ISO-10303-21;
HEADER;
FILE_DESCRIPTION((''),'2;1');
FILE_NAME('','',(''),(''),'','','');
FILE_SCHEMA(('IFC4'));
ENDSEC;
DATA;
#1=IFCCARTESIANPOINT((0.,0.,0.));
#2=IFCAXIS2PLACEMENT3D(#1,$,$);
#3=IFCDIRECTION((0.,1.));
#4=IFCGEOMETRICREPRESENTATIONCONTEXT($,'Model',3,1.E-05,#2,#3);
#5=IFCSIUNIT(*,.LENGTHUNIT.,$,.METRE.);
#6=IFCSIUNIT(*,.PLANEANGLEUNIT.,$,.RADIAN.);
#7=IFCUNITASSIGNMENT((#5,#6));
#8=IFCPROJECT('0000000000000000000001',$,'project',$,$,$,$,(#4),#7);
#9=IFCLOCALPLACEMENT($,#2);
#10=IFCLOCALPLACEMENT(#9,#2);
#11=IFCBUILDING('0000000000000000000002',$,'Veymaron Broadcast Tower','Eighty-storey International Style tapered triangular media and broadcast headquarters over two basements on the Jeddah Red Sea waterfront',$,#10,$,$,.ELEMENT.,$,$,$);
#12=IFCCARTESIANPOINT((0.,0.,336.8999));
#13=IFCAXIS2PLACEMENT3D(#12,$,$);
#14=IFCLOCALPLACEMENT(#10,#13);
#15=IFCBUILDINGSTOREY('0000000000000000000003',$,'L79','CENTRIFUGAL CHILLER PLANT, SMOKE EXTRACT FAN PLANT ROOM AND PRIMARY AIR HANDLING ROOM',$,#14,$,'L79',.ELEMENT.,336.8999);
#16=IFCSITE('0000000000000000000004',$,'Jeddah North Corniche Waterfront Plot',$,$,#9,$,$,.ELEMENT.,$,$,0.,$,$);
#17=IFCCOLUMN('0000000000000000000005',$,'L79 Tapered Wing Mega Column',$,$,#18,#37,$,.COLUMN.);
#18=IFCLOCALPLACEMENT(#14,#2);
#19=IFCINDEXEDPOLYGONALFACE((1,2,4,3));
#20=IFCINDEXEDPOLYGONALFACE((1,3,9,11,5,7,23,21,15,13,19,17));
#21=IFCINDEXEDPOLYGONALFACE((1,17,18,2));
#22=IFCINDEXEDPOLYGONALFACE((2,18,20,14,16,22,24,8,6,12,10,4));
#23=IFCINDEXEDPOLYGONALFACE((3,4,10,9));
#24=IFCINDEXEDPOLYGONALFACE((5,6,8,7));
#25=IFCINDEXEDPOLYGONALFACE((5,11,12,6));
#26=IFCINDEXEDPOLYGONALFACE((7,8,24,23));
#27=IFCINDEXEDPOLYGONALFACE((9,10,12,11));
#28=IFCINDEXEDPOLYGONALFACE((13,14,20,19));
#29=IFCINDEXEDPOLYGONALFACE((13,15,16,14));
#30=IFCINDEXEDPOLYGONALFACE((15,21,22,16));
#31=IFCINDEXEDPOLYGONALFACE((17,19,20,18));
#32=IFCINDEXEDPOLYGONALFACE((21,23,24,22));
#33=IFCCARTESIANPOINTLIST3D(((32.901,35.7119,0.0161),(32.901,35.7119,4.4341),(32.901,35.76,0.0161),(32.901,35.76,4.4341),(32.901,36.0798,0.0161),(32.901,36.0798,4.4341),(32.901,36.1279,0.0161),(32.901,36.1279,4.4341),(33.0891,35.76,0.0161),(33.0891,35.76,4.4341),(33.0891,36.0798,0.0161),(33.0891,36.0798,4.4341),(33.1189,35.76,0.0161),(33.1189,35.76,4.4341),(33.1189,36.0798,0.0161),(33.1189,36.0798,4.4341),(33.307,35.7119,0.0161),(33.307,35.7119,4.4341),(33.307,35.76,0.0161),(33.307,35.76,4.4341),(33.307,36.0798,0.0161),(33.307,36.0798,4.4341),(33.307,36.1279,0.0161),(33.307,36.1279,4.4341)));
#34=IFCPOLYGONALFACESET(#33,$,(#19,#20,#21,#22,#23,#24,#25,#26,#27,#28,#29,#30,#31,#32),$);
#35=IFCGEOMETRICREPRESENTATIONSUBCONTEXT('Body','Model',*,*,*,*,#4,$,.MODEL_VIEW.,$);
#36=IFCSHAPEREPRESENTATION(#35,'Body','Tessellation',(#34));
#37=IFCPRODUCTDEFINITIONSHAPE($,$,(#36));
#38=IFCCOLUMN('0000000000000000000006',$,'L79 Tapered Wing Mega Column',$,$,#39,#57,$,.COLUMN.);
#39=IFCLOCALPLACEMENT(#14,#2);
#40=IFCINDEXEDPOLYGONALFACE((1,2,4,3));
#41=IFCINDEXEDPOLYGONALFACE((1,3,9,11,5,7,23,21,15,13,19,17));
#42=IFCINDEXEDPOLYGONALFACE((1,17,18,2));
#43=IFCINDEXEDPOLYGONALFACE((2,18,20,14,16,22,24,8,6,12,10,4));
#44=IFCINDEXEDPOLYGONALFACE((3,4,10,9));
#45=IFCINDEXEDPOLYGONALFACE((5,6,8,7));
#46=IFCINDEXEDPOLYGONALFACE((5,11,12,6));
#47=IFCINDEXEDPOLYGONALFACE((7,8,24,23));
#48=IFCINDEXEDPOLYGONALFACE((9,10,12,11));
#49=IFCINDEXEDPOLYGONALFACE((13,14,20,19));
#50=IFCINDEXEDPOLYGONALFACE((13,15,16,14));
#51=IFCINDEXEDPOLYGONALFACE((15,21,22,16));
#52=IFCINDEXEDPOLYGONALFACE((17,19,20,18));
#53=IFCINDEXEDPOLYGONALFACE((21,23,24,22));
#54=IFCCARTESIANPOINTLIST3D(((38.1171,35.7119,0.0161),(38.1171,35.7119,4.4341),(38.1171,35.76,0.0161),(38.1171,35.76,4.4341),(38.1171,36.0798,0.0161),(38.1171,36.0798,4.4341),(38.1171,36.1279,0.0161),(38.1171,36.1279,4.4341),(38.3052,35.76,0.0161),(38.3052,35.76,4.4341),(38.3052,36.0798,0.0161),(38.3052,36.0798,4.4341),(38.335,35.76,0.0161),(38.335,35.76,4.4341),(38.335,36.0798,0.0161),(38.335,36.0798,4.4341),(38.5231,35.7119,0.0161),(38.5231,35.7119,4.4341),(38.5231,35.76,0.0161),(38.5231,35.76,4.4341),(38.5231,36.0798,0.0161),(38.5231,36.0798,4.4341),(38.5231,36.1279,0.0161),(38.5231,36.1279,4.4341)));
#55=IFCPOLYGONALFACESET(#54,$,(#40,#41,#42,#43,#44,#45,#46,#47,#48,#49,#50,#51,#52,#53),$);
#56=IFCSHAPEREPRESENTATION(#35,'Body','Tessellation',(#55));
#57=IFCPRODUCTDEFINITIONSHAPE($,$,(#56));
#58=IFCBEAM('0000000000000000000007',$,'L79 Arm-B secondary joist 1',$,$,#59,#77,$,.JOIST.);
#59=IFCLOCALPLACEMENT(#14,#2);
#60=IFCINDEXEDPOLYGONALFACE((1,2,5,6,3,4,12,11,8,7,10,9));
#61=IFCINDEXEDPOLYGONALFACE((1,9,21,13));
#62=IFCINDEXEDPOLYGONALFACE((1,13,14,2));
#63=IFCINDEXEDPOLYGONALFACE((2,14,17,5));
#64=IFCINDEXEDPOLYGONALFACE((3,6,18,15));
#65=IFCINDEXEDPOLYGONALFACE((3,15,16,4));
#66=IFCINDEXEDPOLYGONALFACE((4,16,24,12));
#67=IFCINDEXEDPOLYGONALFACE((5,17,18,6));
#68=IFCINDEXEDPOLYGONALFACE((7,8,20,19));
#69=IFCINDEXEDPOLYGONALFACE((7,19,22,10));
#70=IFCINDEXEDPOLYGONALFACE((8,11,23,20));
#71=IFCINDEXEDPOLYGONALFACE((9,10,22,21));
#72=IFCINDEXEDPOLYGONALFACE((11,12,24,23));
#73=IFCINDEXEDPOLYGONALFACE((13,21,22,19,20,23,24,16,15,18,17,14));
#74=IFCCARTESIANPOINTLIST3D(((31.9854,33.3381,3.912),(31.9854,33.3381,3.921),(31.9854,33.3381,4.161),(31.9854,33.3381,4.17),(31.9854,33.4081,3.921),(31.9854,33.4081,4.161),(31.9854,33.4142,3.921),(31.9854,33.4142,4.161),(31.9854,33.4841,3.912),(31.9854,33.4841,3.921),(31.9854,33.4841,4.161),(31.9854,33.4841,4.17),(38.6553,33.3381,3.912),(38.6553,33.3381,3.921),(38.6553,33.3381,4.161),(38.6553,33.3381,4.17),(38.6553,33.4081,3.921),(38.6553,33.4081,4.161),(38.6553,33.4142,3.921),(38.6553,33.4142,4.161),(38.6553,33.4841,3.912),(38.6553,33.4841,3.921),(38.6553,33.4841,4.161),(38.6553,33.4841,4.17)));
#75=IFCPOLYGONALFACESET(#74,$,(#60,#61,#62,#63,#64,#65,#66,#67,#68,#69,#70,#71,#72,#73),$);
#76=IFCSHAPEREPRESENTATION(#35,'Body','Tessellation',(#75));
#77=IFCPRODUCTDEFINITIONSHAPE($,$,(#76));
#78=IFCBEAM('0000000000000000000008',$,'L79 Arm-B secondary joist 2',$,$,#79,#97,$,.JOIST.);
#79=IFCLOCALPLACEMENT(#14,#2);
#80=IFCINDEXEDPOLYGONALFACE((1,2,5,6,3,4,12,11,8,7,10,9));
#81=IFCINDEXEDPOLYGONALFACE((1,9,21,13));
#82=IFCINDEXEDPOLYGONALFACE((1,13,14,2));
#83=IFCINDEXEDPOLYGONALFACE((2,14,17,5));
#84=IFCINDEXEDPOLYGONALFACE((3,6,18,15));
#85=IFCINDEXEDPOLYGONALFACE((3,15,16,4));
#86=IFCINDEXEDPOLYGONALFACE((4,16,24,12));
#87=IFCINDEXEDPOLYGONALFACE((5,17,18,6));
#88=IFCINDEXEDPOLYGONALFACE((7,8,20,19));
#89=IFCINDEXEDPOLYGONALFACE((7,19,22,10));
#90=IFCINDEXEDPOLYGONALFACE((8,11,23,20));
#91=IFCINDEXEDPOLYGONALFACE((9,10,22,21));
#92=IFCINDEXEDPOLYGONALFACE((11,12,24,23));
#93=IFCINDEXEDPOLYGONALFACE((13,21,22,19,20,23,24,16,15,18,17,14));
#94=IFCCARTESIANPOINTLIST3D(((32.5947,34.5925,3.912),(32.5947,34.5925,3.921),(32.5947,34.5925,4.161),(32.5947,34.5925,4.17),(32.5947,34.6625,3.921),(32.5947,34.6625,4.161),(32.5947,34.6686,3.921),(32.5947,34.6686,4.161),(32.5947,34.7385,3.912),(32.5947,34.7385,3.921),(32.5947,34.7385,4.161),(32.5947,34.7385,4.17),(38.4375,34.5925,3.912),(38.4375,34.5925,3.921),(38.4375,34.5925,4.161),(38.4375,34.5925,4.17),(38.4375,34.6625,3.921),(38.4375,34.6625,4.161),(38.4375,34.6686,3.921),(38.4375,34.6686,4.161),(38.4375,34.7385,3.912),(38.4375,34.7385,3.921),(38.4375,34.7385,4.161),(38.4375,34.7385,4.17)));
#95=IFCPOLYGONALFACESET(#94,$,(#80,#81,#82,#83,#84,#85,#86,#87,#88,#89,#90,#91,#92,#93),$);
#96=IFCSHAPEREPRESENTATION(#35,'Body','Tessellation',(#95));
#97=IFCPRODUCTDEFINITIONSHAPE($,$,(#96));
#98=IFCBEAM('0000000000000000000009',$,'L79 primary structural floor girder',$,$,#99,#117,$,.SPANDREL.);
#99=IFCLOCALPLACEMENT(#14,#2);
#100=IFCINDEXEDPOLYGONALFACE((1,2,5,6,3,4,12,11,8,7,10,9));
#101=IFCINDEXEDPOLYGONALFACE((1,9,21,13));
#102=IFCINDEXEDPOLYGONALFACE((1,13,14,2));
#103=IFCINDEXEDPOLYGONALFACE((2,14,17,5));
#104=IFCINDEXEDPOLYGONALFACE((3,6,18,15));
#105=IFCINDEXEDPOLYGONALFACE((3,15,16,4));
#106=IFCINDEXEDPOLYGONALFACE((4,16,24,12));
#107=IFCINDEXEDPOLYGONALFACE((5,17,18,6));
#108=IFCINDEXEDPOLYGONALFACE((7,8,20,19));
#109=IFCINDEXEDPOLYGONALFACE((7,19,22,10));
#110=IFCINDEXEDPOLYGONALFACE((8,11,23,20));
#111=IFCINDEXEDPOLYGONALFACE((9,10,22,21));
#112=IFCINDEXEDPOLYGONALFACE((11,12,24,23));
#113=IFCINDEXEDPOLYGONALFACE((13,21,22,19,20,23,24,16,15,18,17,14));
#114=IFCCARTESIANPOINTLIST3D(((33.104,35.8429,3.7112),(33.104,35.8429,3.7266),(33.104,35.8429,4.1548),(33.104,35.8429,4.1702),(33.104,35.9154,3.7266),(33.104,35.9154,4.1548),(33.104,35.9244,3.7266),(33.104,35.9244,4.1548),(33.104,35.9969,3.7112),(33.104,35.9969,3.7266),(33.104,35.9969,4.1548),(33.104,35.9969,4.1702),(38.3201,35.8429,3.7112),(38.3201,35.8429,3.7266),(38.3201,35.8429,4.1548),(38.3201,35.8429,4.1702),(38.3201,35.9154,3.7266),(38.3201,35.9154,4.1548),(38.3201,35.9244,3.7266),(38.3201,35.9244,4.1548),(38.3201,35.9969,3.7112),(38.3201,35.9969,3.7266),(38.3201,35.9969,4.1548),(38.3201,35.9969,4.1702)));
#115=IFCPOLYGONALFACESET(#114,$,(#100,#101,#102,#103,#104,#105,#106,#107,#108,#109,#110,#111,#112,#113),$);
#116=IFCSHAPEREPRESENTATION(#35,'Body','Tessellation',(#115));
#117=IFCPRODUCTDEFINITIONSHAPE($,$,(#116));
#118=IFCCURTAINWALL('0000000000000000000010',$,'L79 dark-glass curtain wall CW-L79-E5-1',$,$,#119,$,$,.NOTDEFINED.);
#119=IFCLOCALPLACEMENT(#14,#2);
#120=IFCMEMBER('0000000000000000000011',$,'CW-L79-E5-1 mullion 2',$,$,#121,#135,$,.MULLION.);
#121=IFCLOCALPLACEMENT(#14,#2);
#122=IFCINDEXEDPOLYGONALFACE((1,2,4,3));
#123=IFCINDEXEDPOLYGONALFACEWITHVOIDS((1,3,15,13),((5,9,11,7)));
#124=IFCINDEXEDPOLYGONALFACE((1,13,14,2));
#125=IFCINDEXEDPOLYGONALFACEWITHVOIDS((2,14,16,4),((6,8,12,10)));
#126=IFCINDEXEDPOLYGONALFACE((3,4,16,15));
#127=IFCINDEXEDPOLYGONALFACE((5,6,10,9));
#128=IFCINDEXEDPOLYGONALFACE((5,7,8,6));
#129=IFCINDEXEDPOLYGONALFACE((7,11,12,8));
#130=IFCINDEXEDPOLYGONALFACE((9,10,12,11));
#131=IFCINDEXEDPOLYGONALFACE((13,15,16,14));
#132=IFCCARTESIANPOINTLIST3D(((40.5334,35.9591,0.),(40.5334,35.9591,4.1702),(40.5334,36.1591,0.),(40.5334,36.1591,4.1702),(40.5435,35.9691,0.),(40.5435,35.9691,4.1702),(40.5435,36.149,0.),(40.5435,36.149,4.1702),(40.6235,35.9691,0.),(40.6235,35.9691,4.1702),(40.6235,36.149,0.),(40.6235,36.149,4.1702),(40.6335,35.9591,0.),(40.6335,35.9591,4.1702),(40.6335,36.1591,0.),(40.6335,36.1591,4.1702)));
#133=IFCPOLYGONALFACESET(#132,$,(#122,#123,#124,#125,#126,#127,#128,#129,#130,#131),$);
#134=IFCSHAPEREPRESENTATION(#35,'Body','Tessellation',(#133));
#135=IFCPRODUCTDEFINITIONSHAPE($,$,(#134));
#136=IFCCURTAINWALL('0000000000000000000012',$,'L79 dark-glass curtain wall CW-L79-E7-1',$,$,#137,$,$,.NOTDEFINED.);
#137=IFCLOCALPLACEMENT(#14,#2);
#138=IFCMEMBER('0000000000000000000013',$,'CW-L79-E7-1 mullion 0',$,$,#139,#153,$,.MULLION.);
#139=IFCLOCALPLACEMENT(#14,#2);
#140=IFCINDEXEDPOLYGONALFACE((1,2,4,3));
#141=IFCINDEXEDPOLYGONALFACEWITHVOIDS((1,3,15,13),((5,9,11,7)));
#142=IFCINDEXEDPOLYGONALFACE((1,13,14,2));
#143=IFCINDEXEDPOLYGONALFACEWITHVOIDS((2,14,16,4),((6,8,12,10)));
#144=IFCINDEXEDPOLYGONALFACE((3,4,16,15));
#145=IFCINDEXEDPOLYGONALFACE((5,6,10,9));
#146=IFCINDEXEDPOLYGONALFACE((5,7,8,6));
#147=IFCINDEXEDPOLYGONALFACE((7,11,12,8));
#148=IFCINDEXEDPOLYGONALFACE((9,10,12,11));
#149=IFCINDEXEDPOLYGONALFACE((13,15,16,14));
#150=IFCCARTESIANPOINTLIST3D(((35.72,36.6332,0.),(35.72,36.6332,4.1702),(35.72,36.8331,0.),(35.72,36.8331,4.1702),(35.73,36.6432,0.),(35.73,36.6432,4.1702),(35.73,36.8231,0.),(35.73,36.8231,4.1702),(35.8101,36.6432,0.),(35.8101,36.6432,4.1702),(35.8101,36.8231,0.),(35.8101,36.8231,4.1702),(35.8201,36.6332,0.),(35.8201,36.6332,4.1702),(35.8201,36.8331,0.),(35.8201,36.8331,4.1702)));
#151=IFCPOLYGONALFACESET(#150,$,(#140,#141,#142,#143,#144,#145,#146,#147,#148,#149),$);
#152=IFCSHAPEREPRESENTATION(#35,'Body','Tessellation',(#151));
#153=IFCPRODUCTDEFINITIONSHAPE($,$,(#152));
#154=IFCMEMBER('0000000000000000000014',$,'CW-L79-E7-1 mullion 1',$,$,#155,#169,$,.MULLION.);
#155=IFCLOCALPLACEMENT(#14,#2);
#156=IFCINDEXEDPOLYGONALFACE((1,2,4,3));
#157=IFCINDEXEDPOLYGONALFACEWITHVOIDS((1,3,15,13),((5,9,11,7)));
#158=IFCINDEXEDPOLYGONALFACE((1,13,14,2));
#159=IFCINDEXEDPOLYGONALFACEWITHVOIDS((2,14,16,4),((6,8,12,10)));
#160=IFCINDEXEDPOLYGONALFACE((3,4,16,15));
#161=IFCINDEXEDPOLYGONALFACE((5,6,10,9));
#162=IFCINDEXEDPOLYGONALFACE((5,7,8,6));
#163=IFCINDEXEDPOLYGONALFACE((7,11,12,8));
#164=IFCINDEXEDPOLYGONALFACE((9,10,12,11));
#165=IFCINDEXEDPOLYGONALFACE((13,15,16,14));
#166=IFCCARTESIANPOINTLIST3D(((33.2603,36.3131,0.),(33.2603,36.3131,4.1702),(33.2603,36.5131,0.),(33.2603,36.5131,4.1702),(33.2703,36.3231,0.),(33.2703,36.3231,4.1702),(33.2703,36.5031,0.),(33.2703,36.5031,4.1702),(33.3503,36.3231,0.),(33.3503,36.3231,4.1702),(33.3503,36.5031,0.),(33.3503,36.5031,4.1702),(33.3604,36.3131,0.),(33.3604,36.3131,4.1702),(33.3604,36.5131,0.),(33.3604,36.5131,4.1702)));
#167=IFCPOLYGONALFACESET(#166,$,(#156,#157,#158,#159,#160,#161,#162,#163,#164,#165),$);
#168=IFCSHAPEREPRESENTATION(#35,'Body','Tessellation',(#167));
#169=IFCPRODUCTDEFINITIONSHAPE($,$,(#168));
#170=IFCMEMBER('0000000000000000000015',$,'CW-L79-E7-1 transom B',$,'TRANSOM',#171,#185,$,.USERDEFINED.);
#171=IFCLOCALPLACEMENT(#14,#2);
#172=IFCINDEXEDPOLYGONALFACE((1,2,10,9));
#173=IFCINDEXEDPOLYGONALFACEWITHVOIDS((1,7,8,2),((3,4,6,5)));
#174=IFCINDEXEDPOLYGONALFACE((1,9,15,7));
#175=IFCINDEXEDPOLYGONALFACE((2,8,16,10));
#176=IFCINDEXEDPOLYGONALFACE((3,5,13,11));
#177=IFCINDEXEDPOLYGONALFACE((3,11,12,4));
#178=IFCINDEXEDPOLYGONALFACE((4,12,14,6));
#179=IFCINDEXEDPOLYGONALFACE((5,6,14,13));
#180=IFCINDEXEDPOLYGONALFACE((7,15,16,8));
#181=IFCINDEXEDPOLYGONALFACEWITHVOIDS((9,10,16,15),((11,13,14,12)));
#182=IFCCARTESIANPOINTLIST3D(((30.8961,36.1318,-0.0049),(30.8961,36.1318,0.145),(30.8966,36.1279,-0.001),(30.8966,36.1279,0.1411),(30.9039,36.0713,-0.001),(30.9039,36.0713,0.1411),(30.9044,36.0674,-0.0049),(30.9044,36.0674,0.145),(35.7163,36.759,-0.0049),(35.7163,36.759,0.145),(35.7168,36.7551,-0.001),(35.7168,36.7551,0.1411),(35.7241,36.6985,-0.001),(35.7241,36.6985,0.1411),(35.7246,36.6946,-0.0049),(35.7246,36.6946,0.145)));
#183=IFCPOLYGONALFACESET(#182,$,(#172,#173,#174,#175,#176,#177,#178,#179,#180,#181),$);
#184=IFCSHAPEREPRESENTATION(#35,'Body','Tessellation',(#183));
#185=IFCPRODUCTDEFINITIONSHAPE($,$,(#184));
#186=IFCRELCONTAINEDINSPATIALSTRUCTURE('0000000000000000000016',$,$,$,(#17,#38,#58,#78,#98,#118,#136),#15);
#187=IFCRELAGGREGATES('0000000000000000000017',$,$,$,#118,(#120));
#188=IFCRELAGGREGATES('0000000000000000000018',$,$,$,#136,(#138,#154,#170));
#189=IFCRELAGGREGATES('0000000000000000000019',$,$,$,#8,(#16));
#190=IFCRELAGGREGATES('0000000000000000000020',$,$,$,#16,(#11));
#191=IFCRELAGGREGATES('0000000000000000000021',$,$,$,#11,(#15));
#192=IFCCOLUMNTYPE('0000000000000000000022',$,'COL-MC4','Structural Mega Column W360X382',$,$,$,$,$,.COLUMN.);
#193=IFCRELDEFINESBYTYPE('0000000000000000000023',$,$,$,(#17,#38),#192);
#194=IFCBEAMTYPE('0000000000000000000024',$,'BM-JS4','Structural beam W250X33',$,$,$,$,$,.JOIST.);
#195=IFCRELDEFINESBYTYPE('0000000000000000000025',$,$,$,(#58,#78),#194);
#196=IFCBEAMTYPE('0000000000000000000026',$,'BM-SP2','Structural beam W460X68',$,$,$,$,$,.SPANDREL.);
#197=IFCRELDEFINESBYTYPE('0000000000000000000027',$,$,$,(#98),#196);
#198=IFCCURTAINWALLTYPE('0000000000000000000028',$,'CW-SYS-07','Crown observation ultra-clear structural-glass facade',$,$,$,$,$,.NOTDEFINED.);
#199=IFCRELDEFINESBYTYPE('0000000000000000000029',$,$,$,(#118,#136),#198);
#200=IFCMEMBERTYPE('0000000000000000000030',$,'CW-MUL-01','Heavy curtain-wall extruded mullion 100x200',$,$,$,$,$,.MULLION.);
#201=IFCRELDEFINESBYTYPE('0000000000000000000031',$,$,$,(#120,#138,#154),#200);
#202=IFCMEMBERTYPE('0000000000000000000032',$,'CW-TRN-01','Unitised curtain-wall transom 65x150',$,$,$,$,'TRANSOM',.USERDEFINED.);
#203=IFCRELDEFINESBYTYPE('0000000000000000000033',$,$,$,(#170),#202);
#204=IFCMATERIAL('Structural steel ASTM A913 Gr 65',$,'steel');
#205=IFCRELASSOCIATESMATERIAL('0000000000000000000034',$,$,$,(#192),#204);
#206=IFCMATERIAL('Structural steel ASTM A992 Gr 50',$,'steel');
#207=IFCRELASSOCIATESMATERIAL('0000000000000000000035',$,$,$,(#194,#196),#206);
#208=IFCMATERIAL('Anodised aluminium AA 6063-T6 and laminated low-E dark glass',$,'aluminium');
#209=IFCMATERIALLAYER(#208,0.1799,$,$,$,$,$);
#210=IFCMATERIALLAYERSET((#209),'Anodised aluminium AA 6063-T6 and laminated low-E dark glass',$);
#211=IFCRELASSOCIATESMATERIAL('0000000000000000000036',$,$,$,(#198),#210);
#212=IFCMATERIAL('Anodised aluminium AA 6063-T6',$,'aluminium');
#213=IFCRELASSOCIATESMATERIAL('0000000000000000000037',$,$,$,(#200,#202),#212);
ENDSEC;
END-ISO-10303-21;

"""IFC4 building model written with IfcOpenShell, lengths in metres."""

from ifc_helpers import new_model, si_unit, direction, frame, origin, origin_2d, place, context, subcontext, project, spatial, hollow_rectangle, i_section, extrude, material, layer, layer_set, material_profile, profile_set, type_object, element, aggregate, save


model = new_model("IFC4")

# Units and contexts
model_context = context("Model", 3, precision=1e-05, world=origin(), true_north=direction((0.0, 1.0)))
body_context = subcontext(model_context, "Body", "Model", "MODEL_VIEW")
ifc_project = project(units=[si_unit("LENGTHUNIT", "METRE"), si_unit("PLANEANGLEUNIT", "RADIAN")], contexts=[model_context])

# Site, building, storey
site_placement = place(None, origin())
site = spatial("IfcSite", under=ifc_project, at=site_placement, Name="Jeddah North Corniche Waterfront Plot", CompositionType="ELEMENT", RefElevation=0.0)
building_placement = place(site_placement, origin())
building = spatial("IfcBuilding", under=site, at=building_placement, Name="Veymaron Broadcast Tower", Description="Eighty-storey International Style tapered triangular media and broadcast headquarters over two basements on the Jeddah Red Sea waterfront", CompositionType="ELEMENT")
storey_placement = place(building_placement, frame((0.0, 0.0, 336.8999)))
storey = spatial("IfcBuildingStorey", under=building, at=storey_placement, Name="L79", Description="CENTRIFUGAL CHILLER PLANT, SMOKE EXTRACT FAN PLANT ROOM AND PRIMARY AIR HANDLING ROOM", LongName="L79", CompositionType="ELEMENT", Elevation=336.8999)

# Columns
ifc_material_1 = material(Name="Structural steel ASTM A913 Gr 65", Category="steel")
ifc_material_profile_1 = material_profile(ifc_material_1, i_section(OverallWidth=0.406, OverallDepth=0.416, WebThickness=0.0298, FlangeThickness=0.0481, at=origin_2d()), Name="W360X382")
ifc_profile_set_1 = profile_set([ifc_material_profile_1], Name="Structural steel ASTM A913 Gr 65")
column_type = type_object("IfcColumnType", Name="COL-MC4", Description="Structural Mega Column W360X382", PredefinedType="COLUMN", material=ifc_profile_set_1)
for number, where, z_axis, x_axis, name in (
    (1, (33.104, 35.9199, 0.0161), (0.0, 0.0, 1.0), (1.0, 0.0, 0.0), "L79 Tapered Wing Mega Column"),
    (2, (38.3201, 35.9199, 0.0161), (0.0, 0.0, 1.0), (1.0, 0.0, 0.0), "L79 Tapered Wing Mega Column"),
):
    element("IfcColumn", number, at=place(storey_placement, frame(where, z_axis=z_axis, x_axis=x_axis)), inside=storey, type_object=column_type, Name=name, PredefinedType="COLUMN", context=body_context, shape_type="SweptSolid", body=[
        extrude(i_section(OverallWidth=0.406, OverallDepth=0.416, WebThickness=0.0298, FlangeThickness=0.0481, at=origin_2d()), origin(), (0.0, 0.0, 1.0), 4.418),
    ])

# Beams
ifc_material_2 = material(Name="Structural steel ASTM A992 Gr 50", Category="steel")
ifc_material_profile_2 = material_profile(ifc_material_2, i_section(OverallWidth=0.146, OverallDepth=0.2581, WebThickness=0.0061, FlangeThickness=0.009, at=origin_2d()), Name="W250X33")
ifc_profile_set_2 = profile_set([ifc_material_profile_2], Name="Structural steel ASTM A992 Gr 50")
beam_type_1 = type_object("IfcBeamType", Name="BM-JS4", Description="Structural beam W250X33", PredefinedType="JOIST", material=ifc_profile_set_2)
beam_1_placement = place(storey_placement, frame((31.9854, 33.4111, 4.041), z_axis=(1.0, 0.0, 0.0), x_axis=(0.0, 1.0, 0.0)))
element("IfcBeam", 3, at=beam_1_placement, inside=storey, type_object=beam_type_1, Name="L79 Arm-B secondary joist 1", PredefinedType="JOIST", context=body_context, shape_type="SweptSolid", body=[
    extrude(i_section(OverallWidth=0.146, OverallDepth=0.2581, WebThickness=0.0061, FlangeThickness=0.009, at=origin_2d()), origin(), (0.0, 0.0, 1.0), 6.6699),
])
beam_2_placement = place(storey_placement, frame((32.5947, 34.6655, 4.041), z_axis=(1.0, 0.0, 0.0), x_axis=(0.0, 1.0, 0.0)))
element("IfcBeam", 4, at=beam_2_placement, inside=storey, type_object=beam_type_1, Name="L79 Arm-B secondary joist 2", PredefinedType="JOIST", context=body_context, shape_type="SweptSolid", body=[
    extrude(i_section(OverallWidth=0.146, OverallDepth=0.2581, WebThickness=0.0061, FlangeThickness=0.009, at=origin_2d()), origin(), (0.0, 0.0, 1.0), 5.8428),
])
ifc_material_profile_3 = material_profile(ifc_material_2, i_section(OverallWidth=0.1541, OverallDepth=0.459, WebThickness=0.009, FlangeThickness=0.0154, at=origin_2d()), Name="W460X68")
ifc_profile_set_3 = profile_set([ifc_material_profile_3], Name="Structural steel ASTM A992 Gr 50")
beam_type_2 = type_object("IfcBeamType", Name="BM-SP2", Description="Structural beam W460X68", PredefinedType="SPANDREL", material=ifc_profile_set_3)
beam_3_placement = place(storey_placement, frame((33.104, 35.9199, 3.9407), z_axis=(1.0, 0.0, 0.0), x_axis=(0.0, 1.0, 0.0)))
element("IfcBeam", 5, at=beam_3_placement, inside=storey, type_object=beam_type_2, Name="L79 primary structural floor girder", PredefinedType="SPANDREL", context=body_context, shape_type="SweptSolid", body=[
    extrude(i_section(OverallWidth=0.1541, OverallDepth=0.459, WebThickness=0.009, FlangeThickness=0.0154, at=origin_2d()), origin(), (0.0, 0.0, 1.0), 5.2161),
])

# Curtain wall, member
ifc_material_3 = material(Name="Anodised aluminium AA 6063-T6 and laminated low-E dark glass", Category="aluminium")
ifc_layer_1 = layer(ifc_material_3, 0.1799)
ifc_layer_set_1 = layer_set([ifc_layer_1], Name="Anodised aluminium AA 6063-T6 and laminated low-E dark glass")
curtain_wall_type = type_object("IfcCurtainWallType", Name="CW-SYS-07", Description="Crown observation ultra-clear structural-glass facade", PredefinedType="NOTDEFINED", material=ifc_layer_set_1)
curtain_wall_1_placement = place(storey_placement, origin())
curtain_wall_1 = element("IfcCurtainWall", 6, at=curtain_wall_1_placement, inside=storey, type_object=curtain_wall_type, Name="L79 dark-glass curtain wall CW-L79-E5-1", PredefinedType="NOTDEFINED")
ifc_material_4 = material(Name="Anodised aluminium AA 6063-T6", Category="aluminium")
ifc_material_profile_4 = material_profile(ifc_material_4, hollow_rectangle(XDim=0.1001, YDim=0.2, WallThickness=0.01, at=origin_2d()), Name="RHS200X100X10")
ifc_profile_set_4 = profile_set([ifc_material_profile_4], Name="Anodised aluminium AA 6063-T6")
member_type_1 = type_object("IfcMemberType", Name="CW-MUL-01", Description="Heavy curtain-wall extruded mullion 100x200", PredefinedType="MULLION", material=ifc_profile_set_4)
member_1_placement = place(storey_placement, frame((40.5835, 36.0591, 0.0), z_axis=(0.0, 0.0, 1.0), x_axis=(1.0, 0.0, 0.0)))
member_1 = element("IfcMember", 7, at=member_1_placement, type_object=member_type_1, Name="CW-L79-E5-1 mullion 2", PredefinedType="MULLION", context=body_context, shape_type="SweptSolid", body=[
    extrude(hollow_rectangle(XDim=0.1001, YDim=0.2, WallThickness=0.01, at=origin_2d()), origin(), (0.0, 0.0, 1.0), 4.1702),
])
aggregate(curtain_wall_1, [member_1])

# Curtain wall, members
curtain_wall_2_placement = place(storey_placement, origin())
curtain_wall_2 = element("IfcCurtainWall", 8, at=curtain_wall_2_placement, inside=storey, type_object=curtain_wall_type, Name="L79 dark-glass curtain wall CW-L79-E7-1", PredefinedType="NOTDEFINED")
member_2_placement = place(storey_placement, frame((35.77, 36.7332, 0.0), z_axis=(0.0, 0.0, 1.0), x_axis=(1.0, 0.0, 0.0)))
member_2 = element("IfcMember", 9, at=member_2_placement, type_object=member_type_1, Name="CW-L79-E7-1 mullion 0", PredefinedType="MULLION", context=body_context, shape_type="SweptSolid", body=[
    extrude(hollow_rectangle(XDim=0.1001, YDim=0.2, WallThickness=0.01, at=origin_2d()), origin(), (0.0, 0.0, 1.0), 4.1702),
])
member_3_placement = place(storey_placement, frame((33.3103, 36.4131, 0.0), z_axis=(0.0, 0.0, 1.0), x_axis=(1.0, 0.0, 0.0)))
member_3 = element("IfcMember", 10, at=member_3_placement, type_object=member_type_1, Name="CW-L79-E7-1 mullion 1", PredefinedType="MULLION", context=body_context, shape_type="SweptSolid", body=[
    extrude(hollow_rectangle(XDim=0.1001, YDim=0.2, WallThickness=0.01, at=origin_2d()), origin(), (0.0, 0.0, 1.0), 4.1702),
])
ifc_material_profile_5 = material_profile(ifc_material_4, hollow_rectangle(XDim=0.0649, YDim=0.1499, WallThickness=0.0039, at=origin_2d()), Name="AL150X65X4")
ifc_profile_set_5 = profile_set([ifc_material_profile_5], Name="Anodised aluminium AA 6063-T6")
member_type_2 = type_object("IfcMemberType", Name="CW-TRN-01", Description="Unitised curtain-wall transom 65x150", ElementType="TRANSOM", PredefinedType="USERDEFINED", material=ifc_profile_set_5)
member_4_placement = place(storey_placement, frame((35.7205, 36.7268, 0.0701), z_axis=(-0.991641, -0.129028, 0.0), x_axis=(0.129028, -0.991641, 0.0)))
member_4 = element("IfcMember", 11, at=member_4_placement, type_object=member_type_2, Name="CW-L79-E7-1 transom B", ObjectType="TRANSOM", PredefinedType="USERDEFINED", context=body_context, shape_type="SweptSolid", body=[
    extrude(hollow_rectangle(XDim=0.0649, YDim=0.1499, WallThickness=0.0039, at=origin_2d()), origin(), (0.0, 0.0, 1.0), 4.8608),
])
aggregate(curtain_wall_2, [member_2, member_3, member_4])

save(model, "model.ifc")
